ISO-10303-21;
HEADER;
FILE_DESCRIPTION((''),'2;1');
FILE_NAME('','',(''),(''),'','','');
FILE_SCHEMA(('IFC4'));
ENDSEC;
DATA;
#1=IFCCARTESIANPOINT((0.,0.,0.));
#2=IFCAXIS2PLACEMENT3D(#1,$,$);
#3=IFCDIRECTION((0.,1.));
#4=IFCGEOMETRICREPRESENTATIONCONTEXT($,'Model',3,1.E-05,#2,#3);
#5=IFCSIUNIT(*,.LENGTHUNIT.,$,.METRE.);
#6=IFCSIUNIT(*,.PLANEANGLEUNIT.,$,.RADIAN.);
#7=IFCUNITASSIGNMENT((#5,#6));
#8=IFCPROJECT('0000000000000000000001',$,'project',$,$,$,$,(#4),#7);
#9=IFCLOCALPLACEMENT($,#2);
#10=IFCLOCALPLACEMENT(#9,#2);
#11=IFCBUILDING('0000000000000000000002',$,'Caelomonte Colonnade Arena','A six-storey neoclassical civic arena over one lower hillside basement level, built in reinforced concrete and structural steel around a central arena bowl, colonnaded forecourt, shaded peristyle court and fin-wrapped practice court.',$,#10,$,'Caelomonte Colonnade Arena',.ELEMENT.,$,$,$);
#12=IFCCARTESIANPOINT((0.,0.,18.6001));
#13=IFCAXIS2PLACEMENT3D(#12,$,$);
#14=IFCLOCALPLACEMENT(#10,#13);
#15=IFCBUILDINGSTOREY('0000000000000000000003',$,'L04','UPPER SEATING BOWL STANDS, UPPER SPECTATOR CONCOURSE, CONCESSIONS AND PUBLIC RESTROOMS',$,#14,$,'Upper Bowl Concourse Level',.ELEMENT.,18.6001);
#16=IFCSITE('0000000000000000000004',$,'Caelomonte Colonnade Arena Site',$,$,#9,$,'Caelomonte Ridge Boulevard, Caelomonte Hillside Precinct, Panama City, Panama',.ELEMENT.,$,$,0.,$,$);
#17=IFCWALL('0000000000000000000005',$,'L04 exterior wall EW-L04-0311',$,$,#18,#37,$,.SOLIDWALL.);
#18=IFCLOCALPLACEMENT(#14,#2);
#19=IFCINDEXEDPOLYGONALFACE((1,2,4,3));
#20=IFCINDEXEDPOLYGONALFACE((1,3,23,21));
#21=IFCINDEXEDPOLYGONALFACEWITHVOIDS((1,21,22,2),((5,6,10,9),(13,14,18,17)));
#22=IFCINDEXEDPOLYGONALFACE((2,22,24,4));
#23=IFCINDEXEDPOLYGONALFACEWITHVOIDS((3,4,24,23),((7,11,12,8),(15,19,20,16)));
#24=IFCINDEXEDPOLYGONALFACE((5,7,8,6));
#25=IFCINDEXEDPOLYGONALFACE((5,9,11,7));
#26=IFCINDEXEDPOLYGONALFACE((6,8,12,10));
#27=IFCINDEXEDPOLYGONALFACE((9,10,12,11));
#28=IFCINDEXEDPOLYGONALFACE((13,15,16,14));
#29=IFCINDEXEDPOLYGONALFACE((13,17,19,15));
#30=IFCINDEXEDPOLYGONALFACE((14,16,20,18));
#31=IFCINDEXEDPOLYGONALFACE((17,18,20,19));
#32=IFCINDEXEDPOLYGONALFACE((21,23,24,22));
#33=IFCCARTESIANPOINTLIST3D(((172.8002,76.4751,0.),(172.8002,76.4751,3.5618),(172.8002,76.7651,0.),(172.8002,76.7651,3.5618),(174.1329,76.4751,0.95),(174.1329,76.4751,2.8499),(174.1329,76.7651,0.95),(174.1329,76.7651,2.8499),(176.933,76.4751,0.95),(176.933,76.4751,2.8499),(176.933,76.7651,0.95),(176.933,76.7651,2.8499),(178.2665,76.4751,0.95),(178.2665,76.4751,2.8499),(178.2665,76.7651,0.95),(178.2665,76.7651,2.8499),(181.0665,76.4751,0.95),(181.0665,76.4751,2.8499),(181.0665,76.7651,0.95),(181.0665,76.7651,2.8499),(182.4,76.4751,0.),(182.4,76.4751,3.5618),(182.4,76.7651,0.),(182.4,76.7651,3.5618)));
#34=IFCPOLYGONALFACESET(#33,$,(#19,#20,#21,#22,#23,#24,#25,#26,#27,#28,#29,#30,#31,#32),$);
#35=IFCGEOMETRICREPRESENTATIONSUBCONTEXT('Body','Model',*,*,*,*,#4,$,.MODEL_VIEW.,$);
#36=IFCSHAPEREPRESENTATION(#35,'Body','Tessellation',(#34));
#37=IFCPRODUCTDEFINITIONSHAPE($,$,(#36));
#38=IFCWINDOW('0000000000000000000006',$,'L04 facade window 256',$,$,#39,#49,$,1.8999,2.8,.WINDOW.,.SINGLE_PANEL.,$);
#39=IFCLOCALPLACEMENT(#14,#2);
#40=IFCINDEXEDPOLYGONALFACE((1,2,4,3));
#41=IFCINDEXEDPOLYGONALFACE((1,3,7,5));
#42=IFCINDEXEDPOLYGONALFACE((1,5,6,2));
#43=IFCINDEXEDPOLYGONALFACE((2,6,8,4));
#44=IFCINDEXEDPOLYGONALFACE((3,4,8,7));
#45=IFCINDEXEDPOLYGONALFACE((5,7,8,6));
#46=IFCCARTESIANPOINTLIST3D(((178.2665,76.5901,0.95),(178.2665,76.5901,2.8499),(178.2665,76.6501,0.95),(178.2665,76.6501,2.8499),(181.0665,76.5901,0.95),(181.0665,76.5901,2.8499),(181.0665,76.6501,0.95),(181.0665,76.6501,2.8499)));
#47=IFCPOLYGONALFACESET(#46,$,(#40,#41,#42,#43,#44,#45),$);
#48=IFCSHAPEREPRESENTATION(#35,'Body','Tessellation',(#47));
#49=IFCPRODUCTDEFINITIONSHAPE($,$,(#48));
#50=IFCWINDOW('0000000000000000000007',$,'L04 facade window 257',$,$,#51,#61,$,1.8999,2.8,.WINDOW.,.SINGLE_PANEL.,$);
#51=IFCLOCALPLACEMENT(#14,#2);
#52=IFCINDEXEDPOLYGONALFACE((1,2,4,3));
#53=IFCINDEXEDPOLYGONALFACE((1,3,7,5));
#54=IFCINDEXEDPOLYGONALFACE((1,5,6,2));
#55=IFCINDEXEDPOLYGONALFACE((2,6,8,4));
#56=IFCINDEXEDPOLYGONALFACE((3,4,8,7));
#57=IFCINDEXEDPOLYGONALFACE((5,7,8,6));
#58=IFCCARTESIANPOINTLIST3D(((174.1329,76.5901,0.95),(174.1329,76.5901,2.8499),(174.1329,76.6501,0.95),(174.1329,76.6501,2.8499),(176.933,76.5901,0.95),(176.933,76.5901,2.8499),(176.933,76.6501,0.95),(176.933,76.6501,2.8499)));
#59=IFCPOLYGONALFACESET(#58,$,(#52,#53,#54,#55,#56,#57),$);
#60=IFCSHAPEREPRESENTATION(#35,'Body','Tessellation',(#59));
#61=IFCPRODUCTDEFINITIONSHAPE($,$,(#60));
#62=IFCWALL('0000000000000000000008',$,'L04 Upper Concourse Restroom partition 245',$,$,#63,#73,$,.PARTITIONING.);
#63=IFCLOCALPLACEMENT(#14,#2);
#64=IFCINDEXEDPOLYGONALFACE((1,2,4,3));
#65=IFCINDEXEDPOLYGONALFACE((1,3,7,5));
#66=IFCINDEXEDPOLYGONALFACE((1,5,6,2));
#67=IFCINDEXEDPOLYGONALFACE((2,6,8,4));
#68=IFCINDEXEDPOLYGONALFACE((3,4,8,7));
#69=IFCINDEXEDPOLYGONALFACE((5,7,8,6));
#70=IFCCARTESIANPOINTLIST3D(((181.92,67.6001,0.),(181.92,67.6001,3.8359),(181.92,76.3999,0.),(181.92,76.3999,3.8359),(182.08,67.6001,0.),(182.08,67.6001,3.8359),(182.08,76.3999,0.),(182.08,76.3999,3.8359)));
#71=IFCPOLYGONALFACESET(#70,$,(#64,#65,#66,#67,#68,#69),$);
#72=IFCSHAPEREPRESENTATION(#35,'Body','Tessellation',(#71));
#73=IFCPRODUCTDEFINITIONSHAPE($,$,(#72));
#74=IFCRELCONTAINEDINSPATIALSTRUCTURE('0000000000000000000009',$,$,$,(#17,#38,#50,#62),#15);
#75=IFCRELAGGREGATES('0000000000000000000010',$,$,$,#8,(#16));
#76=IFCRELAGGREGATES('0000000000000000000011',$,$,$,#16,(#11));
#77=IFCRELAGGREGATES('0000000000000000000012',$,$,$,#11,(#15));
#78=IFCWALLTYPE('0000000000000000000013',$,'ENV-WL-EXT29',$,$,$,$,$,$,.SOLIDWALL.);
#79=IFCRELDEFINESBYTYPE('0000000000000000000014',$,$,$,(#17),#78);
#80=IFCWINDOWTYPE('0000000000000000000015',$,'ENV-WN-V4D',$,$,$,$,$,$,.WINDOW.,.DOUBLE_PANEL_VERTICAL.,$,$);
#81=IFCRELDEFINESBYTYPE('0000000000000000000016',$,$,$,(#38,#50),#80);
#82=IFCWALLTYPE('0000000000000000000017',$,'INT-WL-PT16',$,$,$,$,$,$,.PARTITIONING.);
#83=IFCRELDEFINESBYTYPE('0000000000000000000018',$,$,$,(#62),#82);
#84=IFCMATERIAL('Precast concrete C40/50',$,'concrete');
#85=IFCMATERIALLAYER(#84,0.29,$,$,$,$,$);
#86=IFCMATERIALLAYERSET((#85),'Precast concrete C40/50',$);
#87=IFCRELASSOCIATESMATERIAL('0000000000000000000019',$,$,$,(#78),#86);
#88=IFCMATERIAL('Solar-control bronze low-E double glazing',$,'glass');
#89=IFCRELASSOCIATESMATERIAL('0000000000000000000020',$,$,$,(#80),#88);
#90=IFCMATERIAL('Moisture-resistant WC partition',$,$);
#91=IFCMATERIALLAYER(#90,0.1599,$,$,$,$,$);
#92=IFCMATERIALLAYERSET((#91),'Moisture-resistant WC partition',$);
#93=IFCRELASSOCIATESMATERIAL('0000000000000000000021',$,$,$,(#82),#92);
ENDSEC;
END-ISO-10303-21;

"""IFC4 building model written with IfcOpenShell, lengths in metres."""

from ifc_helpers import new_model, si_unit, direction, frame, frame_2d, origin, place, context, subcontext, project, spatial, rectangle, extrude, material, layer, layer_set, type_object, element, fill, save


model = new_model("IFC4")

# Units and contexts
model_context = context("Model", 3, precision=1e-05, world=origin(), true_north=direction((0.0, 1.0)))
body_context = subcontext(model_context, "Body", "Model", "MODEL_VIEW")
ifc_project = project(units=[si_unit("LENGTHUNIT", "METRE"), si_unit("PLANEANGLEUNIT", "RADIAN")], contexts=[model_context])

# Site, building, storey
site_placement = place(None, origin())
site = spatial("IfcSite", under=ifc_project, at=site_placement, Name="Caelomonte Colonnade Arena Site", LongName="Caelomonte Ridge Boulevard, Caelomonte Hillside Precinct, Panama City, Panama", CompositionType="ELEMENT", RefElevation=0.0)
building_placement = place(site_placement, origin())
building = spatial("IfcBuilding", under=site, at=building_placement, Name="Caelomonte Colonnade Arena", Description="A six-storey neoclassical civic arena over one lower hillside basement level, built in reinforced concrete and structural steel around a central arena bowl, colonnaded forecourt, shaded peristyle court and fin-wrapped practice court.", LongName="Caelomonte Colonnade Arena", CompositionType="ELEMENT")
storey_placement = place(building_placement, frame((0.0, 0.0, 18.6001)))
storey = spatial("IfcBuildingStorey", under=building, at=storey_placement, Name="L04", Description="UPPER SEATING BOWL STANDS, UPPER SPECTATOR CONCOURSE, CONCESSIONS AND PUBLIC RESTROOMS", LongName="Upper Bowl Concourse Level", CompositionType="ELEMENT", Elevation=18.6001)

# Wall, openings, windows
ifc_material_1 = material(Name="Precast concrete C40/50", Category="concrete")
ifc_layer_1 = layer(ifc_material_1, 0.29)
ifc_layer_set_1 = layer_set([ifc_layer_1], Name="Precast concrete C40/50")
wall_type_1 = type_object("IfcWallType", Name="ENV-WL-EXT29", PredefinedType="SOLIDWALL", material=ifc_layer_set_1)
ifc_material_2 = material(Name="Solar-control bronze low-E double glazing", Category="glass")
window_type = type_object("IfcWindowType", Name="ENV-WN-V4D", PartitioningType="DOUBLE_PANEL_VERTICAL", PredefinedType="WINDOW", material=ifc_material_2)
wall_1_placement = place(storey_placement, frame((182.3999, 76.6201, 0.0), z_axis=(0.0, 0.0, 1.0), x_axis=(-1.0, 0.0, 0.0)))
wall_1 = element("IfcWall", 1, at=wall_1_placement, inside=storey, type_object=wall_type_1, Name="L04 exterior wall EW-L04-0311", PredefinedType="SOLIDWALL", context=body_context, shape_type="SweptSolid", body=[
    extrude(rectangle(XDim=9.5999, YDim=0.29, at=frame_2d((4.7998, 0.0))), origin(), (0.0, 0.0, 1.0), 3.5618),
])
opening_1_placement = place(wall_1_placement, frame((4.1333, 0.0, 0.95), z_axis=(0.0, 0.0, 1.0), x_axis=(-1.0, 0.0, 0.0)))
opening_1 = element("IfcOpeningElement", 2, at=opening_1_placement, cuts=wall_1, PredefinedType="OPENING", context=body_context, shape_type="SweptSolid", body=[
    extrude(rectangle(XDim=2.8, YDim=1.8999, at=frame_2d((1.3999, 0.95))), frame((0.0, 0.155, 0.0), z_axis=(0.0, -1.0, 0.0), x_axis=(1.0, 0.0, 0.0)), (0.0, 0.0, 1.0), 0.3101),
])
opening_2_placement = place(wall_1_placement, frame((8.2668, 0.0, 0.95), z_axis=(0.0, 0.0, 1.0), x_axis=(-1.0, 0.0, 0.0)))
opening_2 = element("IfcOpeningElement", 3, at=opening_2_placement, cuts=wall_1, PredefinedType="OPENING", context=body_context, shape_type="SweptSolid", body=[
    extrude(rectangle(XDim=2.8, YDim=1.8999, at=frame_2d((1.3999, 0.95))), frame((0.0, 0.155, 0.0), z_axis=(0.0, -1.0, 0.0), x_axis=(1.0, 0.0, 0.0)), (0.0, 0.0, 1.0), 0.3101),
])
window_1_placement = place(opening_1_placement, origin())
window_1 = element("IfcWindow", 4, at=window_1_placement, inside=storey, type_object=window_type, Name="L04 facade window 256", OverallHeight=1.8999, OverallWidth=2.8, PartitioningType="SINGLE_PANEL", PredefinedType="WINDOW", context=body_context, shape_type="SweptSolid", body=[
    extrude(rectangle(XDim=2.8, YDim=1.8999, at=frame_2d((1.3999, 0.95))), frame((0.0, 0.03, 0.0), z_axis=(0.0, -1.0, 0.0), x_axis=(1.0, 0.0, 0.0)), (0.0, 0.0, 1.0), 0.0601),
])
fill(opening_1, window_1)
window_2_placement = place(opening_2_placement, origin())
window_2 = element("IfcWindow", 5, at=window_2_placement, inside=storey, type_object=window_type, Name="L04 facade window 257", OverallHeight=1.8999, OverallWidth=2.8, PartitioningType="SINGLE_PANEL", PredefinedType="WINDOW", context=body_context, shape_type="SweptSolid", body=[
    extrude(rectangle(XDim=2.8, YDim=1.8999, at=frame_2d((1.3999, 0.95))), frame((0.0, 0.03, 0.0), z_axis=(0.0, -1.0, 0.0), x_axis=(1.0, 0.0, 0.0)), (0.0, 0.0, 1.0), 0.0601),
])
fill(opening_2, window_2)

# Wall
ifc_material_3 = material(Name="Moisture-resistant WC partition")
ifc_layer_2 = layer(ifc_material_3, 0.1599)
ifc_layer_set_2 = layer_set([ifc_layer_2], Name="Moisture-resistant WC partition")
wall_type_2 = type_object("IfcWallType", Name="INT-WL-PT16", PredefinedType="PARTITIONING", material=ifc_layer_set_2)
wall_2_placement = place(storey_placement, frame((182.0, 76.3999, 0.0), z_axis=(0.0, 0.0, 1.0), x_axis=(0.0, -1.0, 0.0)))
element("IfcWall", 6, at=wall_2_placement, inside=storey, type_object=wall_type_2, Name="L04 Upper Concourse Restroom partition 245", PredefinedType="PARTITIONING", context=body_context, shape_type="SweptSolid", body=[
    extrude(rectangle(XDim=8.7998, YDim=0.1599, at=frame_2d((4.3999, 0.0))), origin(), (0.0, 0.0, 1.0), 3.8359),
])

save(model, "model.ifc")
